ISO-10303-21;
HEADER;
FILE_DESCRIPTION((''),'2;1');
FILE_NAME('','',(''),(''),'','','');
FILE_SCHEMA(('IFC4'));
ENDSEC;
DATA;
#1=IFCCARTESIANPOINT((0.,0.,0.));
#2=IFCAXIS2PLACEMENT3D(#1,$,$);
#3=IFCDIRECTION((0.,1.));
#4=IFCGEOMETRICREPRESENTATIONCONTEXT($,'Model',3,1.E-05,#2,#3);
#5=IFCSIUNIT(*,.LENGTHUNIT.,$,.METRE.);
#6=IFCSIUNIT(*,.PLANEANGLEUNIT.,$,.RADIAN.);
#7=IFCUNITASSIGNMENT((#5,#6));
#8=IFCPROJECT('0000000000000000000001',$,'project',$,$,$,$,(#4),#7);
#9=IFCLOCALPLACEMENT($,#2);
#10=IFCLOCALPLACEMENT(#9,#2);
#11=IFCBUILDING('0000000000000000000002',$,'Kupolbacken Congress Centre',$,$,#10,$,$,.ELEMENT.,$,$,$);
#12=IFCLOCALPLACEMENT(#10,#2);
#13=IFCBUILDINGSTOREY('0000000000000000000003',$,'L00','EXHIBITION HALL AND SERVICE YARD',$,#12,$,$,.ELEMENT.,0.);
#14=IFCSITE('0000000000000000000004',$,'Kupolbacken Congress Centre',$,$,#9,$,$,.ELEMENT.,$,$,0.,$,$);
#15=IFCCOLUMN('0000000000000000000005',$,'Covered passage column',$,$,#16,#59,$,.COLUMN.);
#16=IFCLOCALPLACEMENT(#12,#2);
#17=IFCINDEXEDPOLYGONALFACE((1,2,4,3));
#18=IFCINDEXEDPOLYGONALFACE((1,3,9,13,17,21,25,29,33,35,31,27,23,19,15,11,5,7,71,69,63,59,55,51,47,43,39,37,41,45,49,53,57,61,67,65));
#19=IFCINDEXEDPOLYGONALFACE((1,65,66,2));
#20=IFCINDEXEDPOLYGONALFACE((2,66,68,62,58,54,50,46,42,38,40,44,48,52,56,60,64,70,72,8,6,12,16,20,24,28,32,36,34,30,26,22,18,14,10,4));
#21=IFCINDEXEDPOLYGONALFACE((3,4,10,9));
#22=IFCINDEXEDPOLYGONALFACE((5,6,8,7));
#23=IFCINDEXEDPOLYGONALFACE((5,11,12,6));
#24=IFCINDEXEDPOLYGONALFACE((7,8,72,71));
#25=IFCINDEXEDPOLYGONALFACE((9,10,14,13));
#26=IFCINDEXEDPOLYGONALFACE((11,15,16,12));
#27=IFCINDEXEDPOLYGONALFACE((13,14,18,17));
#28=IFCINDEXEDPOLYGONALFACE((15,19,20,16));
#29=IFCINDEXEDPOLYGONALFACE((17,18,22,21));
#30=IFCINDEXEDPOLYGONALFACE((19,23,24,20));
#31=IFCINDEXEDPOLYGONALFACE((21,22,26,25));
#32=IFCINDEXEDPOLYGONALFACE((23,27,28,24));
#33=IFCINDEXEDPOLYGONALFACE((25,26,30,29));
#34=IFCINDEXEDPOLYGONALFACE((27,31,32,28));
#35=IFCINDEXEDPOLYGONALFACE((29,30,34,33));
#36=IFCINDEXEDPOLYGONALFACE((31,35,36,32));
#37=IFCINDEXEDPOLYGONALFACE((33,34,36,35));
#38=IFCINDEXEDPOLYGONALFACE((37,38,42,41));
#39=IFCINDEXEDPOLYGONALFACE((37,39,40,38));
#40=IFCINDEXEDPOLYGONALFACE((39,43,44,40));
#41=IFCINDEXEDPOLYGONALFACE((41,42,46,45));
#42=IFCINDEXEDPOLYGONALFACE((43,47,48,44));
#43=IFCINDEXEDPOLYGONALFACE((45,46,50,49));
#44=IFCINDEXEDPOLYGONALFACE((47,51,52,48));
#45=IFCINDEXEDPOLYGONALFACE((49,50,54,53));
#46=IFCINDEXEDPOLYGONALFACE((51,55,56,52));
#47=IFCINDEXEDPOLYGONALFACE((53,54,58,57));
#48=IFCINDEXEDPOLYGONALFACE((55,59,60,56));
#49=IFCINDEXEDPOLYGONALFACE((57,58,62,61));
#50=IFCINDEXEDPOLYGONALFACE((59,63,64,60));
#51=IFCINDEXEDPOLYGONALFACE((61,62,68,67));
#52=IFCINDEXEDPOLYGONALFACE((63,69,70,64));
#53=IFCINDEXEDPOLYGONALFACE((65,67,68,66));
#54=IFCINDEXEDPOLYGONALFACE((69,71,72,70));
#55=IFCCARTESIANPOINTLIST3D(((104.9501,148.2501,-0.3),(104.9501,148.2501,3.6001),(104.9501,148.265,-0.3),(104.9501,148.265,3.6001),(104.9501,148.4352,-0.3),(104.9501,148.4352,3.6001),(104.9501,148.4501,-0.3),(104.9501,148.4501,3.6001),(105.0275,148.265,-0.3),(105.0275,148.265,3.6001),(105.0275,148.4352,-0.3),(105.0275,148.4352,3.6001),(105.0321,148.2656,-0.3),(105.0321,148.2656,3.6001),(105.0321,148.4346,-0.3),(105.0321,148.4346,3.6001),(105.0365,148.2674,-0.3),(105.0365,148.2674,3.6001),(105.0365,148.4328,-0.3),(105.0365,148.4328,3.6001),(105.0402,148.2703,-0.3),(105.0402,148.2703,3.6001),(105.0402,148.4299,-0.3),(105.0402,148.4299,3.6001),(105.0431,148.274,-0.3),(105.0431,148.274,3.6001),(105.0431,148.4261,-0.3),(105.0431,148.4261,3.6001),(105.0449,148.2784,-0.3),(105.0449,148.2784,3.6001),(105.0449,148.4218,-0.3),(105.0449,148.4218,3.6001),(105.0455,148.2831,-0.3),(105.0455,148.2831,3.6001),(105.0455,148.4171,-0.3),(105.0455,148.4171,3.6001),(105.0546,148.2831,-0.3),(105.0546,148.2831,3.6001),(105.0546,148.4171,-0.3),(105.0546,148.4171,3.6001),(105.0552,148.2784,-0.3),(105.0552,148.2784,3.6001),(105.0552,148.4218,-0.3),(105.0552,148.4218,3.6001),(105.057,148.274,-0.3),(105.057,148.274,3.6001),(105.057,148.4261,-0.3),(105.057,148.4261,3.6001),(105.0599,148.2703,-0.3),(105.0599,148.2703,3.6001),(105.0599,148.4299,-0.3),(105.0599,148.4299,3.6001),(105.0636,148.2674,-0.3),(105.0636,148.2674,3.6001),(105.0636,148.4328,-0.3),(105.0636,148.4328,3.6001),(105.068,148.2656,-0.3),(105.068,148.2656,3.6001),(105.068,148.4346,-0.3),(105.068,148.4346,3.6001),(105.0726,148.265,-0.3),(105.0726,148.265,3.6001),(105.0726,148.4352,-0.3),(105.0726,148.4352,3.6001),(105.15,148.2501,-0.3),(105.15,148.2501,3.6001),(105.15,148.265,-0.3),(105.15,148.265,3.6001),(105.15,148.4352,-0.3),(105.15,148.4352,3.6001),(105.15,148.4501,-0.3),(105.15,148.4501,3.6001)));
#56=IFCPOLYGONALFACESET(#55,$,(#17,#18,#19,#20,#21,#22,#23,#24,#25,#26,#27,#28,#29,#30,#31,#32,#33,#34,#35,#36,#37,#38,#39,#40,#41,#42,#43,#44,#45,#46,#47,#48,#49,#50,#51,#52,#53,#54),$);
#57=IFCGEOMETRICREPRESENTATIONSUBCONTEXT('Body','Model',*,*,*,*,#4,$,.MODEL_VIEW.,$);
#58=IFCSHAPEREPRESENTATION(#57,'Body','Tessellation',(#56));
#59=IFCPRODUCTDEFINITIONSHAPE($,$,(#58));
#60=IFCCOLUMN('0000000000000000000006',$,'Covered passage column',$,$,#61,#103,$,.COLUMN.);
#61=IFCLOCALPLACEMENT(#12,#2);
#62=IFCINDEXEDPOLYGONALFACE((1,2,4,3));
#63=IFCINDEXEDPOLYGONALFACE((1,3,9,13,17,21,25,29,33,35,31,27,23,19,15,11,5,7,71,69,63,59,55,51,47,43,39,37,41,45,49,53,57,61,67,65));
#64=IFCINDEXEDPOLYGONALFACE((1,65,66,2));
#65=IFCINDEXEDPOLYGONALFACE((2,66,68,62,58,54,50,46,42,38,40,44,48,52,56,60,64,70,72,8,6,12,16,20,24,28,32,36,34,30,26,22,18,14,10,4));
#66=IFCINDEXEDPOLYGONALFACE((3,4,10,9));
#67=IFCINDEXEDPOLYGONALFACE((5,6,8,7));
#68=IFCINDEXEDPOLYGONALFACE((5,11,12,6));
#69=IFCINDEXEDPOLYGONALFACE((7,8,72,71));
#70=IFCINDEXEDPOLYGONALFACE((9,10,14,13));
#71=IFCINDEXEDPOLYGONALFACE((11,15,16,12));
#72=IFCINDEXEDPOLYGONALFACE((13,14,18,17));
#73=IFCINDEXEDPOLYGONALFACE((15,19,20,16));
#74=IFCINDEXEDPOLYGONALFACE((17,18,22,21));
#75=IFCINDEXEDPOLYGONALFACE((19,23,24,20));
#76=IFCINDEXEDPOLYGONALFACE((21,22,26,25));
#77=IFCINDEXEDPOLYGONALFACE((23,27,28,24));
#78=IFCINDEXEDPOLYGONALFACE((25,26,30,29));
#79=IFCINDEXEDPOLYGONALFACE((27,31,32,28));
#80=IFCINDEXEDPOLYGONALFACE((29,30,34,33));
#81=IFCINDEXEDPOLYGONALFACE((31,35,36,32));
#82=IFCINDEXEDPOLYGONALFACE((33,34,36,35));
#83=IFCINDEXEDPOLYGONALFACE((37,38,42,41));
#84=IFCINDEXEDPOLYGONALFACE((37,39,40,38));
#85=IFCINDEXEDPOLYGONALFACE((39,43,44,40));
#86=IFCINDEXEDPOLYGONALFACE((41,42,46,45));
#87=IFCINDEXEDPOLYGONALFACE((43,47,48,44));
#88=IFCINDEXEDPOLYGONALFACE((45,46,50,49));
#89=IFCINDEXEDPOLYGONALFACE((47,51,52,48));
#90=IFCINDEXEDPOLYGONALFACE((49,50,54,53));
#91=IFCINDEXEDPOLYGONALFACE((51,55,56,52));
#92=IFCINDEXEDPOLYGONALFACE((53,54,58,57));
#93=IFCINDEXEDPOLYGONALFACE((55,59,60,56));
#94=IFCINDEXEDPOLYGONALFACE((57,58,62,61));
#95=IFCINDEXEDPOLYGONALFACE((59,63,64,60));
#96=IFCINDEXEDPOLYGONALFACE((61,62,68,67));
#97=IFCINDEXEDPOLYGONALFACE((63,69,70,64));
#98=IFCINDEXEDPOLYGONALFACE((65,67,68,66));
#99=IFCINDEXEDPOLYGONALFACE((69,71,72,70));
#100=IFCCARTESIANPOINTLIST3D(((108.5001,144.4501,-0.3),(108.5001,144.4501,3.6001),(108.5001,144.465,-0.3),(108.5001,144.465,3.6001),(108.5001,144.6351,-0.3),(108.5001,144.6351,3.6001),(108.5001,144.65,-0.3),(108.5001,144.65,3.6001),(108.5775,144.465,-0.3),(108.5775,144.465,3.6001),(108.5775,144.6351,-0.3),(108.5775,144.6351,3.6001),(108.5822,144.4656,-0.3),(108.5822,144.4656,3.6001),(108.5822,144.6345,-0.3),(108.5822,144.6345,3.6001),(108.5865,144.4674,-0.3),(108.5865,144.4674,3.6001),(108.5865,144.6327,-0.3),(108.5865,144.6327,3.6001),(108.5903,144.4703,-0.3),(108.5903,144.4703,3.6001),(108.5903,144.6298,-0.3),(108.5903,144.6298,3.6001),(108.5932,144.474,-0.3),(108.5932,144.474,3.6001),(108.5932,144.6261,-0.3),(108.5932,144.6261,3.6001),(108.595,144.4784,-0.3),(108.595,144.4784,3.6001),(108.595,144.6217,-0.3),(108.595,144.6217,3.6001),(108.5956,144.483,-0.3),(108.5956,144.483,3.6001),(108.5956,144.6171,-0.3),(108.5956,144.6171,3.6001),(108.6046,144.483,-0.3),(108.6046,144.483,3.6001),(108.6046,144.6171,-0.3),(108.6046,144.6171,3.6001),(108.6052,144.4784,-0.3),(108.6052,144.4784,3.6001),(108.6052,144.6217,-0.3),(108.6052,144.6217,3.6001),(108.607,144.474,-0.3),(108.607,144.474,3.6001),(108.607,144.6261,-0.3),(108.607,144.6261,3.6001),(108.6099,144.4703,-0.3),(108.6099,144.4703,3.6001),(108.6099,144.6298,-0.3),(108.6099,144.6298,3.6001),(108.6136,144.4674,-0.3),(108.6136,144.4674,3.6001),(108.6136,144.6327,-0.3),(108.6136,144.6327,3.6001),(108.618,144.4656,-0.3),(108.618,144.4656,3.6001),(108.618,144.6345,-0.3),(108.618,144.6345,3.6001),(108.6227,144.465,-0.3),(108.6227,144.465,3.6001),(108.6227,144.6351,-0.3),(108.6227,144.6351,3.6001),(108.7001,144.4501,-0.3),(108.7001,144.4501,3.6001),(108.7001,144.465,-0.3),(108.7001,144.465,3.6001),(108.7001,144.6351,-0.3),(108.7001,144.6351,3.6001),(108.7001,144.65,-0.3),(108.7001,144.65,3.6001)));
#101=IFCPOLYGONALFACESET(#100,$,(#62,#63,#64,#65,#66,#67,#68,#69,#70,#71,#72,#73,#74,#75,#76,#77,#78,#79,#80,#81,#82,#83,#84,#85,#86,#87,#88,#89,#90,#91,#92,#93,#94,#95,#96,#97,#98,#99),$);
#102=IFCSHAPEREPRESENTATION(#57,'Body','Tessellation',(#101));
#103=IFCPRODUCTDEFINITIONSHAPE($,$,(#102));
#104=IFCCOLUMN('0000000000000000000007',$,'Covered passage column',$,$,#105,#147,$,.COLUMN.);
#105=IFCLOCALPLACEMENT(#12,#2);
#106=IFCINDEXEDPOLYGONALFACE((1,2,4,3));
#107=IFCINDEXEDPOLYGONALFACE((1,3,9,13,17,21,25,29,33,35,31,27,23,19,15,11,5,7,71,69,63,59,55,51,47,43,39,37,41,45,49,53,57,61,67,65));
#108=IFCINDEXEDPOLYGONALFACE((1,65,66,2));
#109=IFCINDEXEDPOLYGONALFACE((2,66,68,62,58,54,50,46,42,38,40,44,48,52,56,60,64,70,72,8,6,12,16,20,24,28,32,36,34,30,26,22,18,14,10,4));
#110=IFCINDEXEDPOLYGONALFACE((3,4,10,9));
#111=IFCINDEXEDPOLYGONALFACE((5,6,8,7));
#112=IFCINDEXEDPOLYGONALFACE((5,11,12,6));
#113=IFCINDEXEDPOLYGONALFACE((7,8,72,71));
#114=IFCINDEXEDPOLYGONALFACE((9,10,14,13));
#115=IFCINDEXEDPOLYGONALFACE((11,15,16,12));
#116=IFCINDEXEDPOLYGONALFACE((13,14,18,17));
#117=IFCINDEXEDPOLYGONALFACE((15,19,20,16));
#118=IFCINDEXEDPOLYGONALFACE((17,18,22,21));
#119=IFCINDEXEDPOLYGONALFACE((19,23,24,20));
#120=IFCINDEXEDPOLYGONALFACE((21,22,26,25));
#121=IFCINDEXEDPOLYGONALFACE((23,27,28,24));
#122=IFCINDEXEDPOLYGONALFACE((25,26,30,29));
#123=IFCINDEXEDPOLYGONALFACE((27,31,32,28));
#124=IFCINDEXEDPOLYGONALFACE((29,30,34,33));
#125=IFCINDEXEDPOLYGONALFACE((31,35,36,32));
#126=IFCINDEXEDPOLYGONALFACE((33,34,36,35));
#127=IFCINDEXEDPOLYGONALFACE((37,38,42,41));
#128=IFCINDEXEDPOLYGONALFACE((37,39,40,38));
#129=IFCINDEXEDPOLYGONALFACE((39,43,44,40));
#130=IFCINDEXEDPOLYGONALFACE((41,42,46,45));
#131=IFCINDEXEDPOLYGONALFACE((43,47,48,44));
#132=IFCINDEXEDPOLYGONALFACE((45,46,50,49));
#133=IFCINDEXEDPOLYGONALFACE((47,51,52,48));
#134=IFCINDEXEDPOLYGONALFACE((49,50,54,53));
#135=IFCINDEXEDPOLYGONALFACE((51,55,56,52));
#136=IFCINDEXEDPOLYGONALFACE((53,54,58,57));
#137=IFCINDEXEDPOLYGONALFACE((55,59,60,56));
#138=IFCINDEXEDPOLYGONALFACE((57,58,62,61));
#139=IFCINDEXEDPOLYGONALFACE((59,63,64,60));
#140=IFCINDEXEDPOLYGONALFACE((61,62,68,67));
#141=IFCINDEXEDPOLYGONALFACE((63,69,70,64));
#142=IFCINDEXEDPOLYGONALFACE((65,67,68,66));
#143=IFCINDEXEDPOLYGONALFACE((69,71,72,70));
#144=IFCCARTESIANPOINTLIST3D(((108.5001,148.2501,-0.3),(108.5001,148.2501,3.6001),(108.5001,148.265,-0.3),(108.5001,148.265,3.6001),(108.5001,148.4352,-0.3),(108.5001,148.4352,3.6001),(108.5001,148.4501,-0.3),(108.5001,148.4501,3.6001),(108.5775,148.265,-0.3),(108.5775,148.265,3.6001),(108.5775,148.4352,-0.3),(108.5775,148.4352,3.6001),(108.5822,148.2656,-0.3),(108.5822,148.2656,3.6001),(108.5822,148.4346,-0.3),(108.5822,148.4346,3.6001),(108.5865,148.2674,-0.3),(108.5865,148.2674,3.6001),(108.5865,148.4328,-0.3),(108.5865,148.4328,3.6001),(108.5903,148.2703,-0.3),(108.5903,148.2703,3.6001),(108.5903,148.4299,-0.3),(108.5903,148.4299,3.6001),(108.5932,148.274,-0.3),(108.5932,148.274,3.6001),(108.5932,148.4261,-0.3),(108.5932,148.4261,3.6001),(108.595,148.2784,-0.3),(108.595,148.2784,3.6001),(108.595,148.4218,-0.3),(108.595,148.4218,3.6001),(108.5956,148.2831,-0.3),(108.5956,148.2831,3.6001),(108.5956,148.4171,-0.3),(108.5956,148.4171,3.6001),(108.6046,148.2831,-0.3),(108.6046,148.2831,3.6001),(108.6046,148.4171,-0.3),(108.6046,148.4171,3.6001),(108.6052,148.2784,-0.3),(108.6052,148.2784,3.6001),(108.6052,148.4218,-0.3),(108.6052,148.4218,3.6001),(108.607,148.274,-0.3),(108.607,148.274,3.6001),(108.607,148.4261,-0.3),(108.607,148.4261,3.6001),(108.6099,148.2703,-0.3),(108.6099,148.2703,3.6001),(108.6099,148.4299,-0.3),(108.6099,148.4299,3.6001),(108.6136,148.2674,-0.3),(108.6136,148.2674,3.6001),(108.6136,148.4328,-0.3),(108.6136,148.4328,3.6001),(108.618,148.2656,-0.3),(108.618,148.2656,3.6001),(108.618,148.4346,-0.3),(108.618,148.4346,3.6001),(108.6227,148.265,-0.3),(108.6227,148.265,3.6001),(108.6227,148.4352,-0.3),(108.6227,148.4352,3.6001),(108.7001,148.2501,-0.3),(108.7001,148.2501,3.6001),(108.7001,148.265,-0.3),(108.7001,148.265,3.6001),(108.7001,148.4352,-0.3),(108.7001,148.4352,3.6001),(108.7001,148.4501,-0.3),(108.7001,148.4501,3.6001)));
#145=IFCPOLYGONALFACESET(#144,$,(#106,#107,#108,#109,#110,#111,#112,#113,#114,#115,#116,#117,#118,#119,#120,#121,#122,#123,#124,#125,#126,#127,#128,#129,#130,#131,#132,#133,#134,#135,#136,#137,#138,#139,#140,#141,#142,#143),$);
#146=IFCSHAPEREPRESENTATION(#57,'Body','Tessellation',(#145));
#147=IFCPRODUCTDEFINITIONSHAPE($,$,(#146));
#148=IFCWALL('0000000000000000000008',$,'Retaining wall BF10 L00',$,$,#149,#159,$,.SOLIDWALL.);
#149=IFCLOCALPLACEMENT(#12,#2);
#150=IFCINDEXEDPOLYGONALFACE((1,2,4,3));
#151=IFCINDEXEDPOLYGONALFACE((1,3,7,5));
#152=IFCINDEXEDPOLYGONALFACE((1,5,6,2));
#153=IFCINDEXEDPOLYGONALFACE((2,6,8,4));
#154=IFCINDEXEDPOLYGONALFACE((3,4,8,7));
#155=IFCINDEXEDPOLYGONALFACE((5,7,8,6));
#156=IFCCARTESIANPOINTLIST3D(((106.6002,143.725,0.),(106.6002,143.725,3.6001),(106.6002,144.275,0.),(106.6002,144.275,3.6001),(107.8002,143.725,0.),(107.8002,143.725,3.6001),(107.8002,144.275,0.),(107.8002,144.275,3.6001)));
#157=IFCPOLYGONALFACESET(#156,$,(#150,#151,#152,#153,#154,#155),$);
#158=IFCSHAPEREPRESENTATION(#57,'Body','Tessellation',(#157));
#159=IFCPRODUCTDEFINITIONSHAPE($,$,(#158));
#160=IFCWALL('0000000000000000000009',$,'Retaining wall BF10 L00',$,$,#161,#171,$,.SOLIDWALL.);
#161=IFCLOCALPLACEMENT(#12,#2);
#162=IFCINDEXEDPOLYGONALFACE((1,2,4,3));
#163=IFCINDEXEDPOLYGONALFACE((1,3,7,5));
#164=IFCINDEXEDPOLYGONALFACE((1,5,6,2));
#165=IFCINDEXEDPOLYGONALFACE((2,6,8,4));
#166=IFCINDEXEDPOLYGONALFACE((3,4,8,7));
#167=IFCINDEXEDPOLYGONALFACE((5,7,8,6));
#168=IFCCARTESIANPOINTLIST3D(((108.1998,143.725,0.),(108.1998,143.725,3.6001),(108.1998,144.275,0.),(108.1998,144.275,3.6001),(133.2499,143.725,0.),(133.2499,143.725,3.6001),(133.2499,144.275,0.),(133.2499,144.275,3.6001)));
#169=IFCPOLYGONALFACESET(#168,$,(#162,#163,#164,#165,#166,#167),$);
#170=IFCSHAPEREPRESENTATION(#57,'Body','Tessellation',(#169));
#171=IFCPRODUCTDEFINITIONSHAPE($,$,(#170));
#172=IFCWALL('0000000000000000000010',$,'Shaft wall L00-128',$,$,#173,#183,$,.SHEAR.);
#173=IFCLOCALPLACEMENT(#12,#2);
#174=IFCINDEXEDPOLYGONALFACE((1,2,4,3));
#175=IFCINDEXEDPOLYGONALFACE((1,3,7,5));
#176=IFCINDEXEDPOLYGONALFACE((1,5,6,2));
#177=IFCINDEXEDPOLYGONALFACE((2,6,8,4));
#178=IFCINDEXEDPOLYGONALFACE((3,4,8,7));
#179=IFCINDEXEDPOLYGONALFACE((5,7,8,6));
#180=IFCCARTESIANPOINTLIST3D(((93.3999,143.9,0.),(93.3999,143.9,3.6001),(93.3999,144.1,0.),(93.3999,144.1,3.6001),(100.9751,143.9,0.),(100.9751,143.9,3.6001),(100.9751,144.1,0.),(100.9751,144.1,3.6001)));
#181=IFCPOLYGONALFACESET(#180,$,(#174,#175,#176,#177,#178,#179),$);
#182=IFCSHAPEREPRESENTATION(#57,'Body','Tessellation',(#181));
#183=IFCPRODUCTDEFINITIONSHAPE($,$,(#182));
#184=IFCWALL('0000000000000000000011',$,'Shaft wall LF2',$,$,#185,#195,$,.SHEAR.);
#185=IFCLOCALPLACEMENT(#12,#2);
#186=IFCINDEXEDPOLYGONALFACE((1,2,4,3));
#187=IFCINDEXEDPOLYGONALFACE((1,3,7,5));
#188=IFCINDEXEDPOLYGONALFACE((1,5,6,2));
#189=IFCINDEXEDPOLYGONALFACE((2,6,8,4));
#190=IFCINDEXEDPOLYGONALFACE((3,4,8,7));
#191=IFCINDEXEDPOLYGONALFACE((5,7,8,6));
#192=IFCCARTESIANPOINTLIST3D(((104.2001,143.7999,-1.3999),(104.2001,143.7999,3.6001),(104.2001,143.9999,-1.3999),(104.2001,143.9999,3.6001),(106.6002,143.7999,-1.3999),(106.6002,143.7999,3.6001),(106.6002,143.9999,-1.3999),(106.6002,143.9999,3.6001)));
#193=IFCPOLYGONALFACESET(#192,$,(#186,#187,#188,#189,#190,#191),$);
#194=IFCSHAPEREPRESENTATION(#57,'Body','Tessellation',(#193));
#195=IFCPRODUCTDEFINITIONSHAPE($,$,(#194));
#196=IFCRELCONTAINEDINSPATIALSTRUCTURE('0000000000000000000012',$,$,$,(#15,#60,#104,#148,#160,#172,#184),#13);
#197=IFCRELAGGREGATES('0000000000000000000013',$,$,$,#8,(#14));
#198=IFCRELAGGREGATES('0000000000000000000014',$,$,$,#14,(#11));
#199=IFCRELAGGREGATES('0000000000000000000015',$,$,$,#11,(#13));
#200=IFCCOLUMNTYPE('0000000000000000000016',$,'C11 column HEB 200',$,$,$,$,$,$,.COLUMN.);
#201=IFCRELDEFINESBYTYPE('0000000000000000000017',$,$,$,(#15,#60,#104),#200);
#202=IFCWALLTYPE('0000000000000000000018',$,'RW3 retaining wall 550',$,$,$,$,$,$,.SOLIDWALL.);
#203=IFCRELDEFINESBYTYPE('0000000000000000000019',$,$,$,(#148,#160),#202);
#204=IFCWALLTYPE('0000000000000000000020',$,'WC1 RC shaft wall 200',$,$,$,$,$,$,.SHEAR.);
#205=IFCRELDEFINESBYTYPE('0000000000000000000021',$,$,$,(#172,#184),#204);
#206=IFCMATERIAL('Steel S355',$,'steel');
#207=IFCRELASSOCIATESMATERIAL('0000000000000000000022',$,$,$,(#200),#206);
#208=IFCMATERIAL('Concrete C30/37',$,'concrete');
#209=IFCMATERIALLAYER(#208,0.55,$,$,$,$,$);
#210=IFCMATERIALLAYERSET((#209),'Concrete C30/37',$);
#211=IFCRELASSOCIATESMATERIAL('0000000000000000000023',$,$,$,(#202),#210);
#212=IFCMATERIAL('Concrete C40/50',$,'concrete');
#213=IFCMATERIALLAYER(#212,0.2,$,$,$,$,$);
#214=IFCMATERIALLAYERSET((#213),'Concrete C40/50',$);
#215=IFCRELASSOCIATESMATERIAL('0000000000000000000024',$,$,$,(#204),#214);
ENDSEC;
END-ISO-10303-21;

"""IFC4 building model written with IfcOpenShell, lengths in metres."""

from ifc_helpers import new_model, si_unit, direction, frame, frame_2d, origin, origin_2d, place, context, subcontext, project, spatial, rectangle, i_section, extrude, material, layer, layer_set, material_profile, profile_set, type_object, element, save


model = new_model("IFC4")

# Units and contexts
model_context = context("Model", 3, precision=1e-05, world=origin(), true_north=direction((0.0, 1.0)))
body_context = subcontext(model_context, "Body", "Model", "MODEL_VIEW")
ifc_project = project(units=[si_unit("LENGTHUNIT", "METRE"), si_unit("PLANEANGLEUNIT", "RADIAN")], contexts=[model_context])

# Site, building, storey
site_placement = place(None, origin())
site = spatial("IfcSite", under=ifc_project, at=site_placement, Name="Kupolbacken Congress Centre", CompositionType="ELEMENT", RefElevation=0.0)
building_placement = place(site_placement, origin())
building = spatial("IfcBuilding", under=site, at=building_placement, Name="Kupolbacken Congress Centre", CompositionType="ELEMENT")
storey_placement = place(building_placement, origin())
storey = spatial("IfcBuildingStorey", under=building, at=storey_placement, Name="L00", Description="EXHIBITION HALL AND SERVICE YARD", CompositionType="ELEMENT", Elevation=0.0)

# Columns
ifc_material_1 = material(Name="Steel S355", Category="steel")
ifc_material_profile = material_profile(ifc_material_1, i_section(OverallWidth=0.2, OverallDepth=0.2, WebThickness=0.009, FlangeThickness=0.0149, FilletRadius=0.0181, at=origin_2d()), Name="HEB 200")
ifc_profile_set = profile_set([ifc_material_profile], Name="Steel S355")
column_type = type_object("IfcColumnType", Name="C11 column HEB 200", PredefinedType="COLUMN", material=ifc_profile_set)
for number, where, z_axis, x_axis, name in (
    (1, (105.05, 148.3501, -0.3), (0.0, 0.0, 1.0), (1.0, 0.0, 0.0), "Covered passage column"),
    (2, (108.6001, 144.55, -0.3), (0.0, 0.0, 1.0), (1.0, 0.0, 0.0), "Covered passage column"),
    (3, (108.6001, 148.3501, -0.3), (0.0, 0.0, 1.0), (1.0, 0.0, 0.0), "Covered passage column"),
):
    element("IfcColumn", number, at=place(storey_placement, frame(where, z_axis=z_axis, x_axis=x_axis)), inside=storey, type_object=column_type, Name=name, PredefinedType="COLUMN", context=body_context, shape_type="SweptSolid", body=[
        extrude(i_section(OverallWidth=0.2, OverallDepth=0.2, WebThickness=0.009, FlangeThickness=0.0149, FilletRadius=0.0181, at=origin_2d()), origin(), (0.0, 0.0, 1.0), 3.9001),
    ])

# Walls
ifc_material_2 = material(Name="Concrete C30/37", Category="concrete")
ifc_layer_1 = layer(ifc_material_2, 0.55)
ifc_layer_set_1 = layer_set([ifc_layer_1], Name="Concrete C30/37")
wall_type_1 = type_object("IfcWallType", Name="RW3 retaining wall 550", PredefinedType="SOLIDWALL", material=ifc_layer_set_1)
wall_1_placement = place(storey_placement, frame((106.6001, 144.0, 0.0), z_axis=(0.0, 0.0, 1.0), x_axis=(1.0, 0.0, 0.0)))
element("IfcWall", 4, at=wall_1_placement, inside=storey, type_object=wall_type_1, Name="Retaining wall BF10 L00", PredefinedType="SOLIDWALL", context=body_context, shape_type="SweptSolid", body=[
    extrude(rectangle(XDim=1.2, YDim=0.55, at=frame_2d((0.6001, 0.0))), origin(), (0.0, 0.0, 1.0), 3.6001),
])
wall_2_placement = place(storey_placement, frame((108.2, 144.0, 0.0), z_axis=(0.0, 0.0, 1.0), x_axis=(1.0, 0.0, 0.0)))
element("IfcWall", 5, at=wall_2_placement, inside=storey, type_object=wall_type_1, Name="Retaining wall BF10 L00", PredefinedType="SOLIDWALL", context=body_context, shape_type="SweptSolid", body=[
    extrude(rectangle(XDim=25.05, YDim=0.55, at=frame_2d((12.5249, 0.0))), origin(), (0.0, 0.0, 1.0), 3.6001),
])
ifc_material_3 = material(Name="Concrete C40/50", Category="concrete")
ifc_layer_2 = layer(ifc_material_3, 0.2)
ifc_layer_set_2 = layer_set([ifc_layer_2], Name="Concrete C40/50")
wall_type_2 = type_object("IfcWallType", Name="WC1 RC shaft wall 200", PredefinedType="SHEAR", material=ifc_layer_set_2)
wall_3_placement = place(storey_placement, frame((100.9751, 144.0, 0.0), z_axis=(0.0, 0.0, 1.0), x_axis=(-1.0, 0.0, 0.0)))
element("IfcWall", 6, at=wall_3_placement, inside=storey, type_object=wall_type_2, Name="Shaft wall L00-128", PredefinedType="SHEAR", context=body_context, shape_type="SweptSolid", body=[
    extrude(rectangle(XDim=7.5752, YDim=0.2, at=frame_2d((3.7876, 0.0))), origin(), (0.0, 0.0, 1.0), 3.6001),
])
wall_4_placement = place(storey_placement, frame((104.2, 143.8999, -1.3999), z_axis=(0.0, 0.0, 1.0), x_axis=(1.0, 0.0, 0.0)))
element("IfcWall", 7, at=wall_4_placement, inside=storey, type_object=wall_type_2, Name="Shaft wall LF2", PredefinedType="SHEAR", context=body_context, shape_type="SweptSolid", body=[
    extrude(rectangle(XDim=2.4001, YDim=0.2, at=frame_2d((1.2002, 0.0))), origin(), (0.0, 0.0, 1.0), 5.0),
])

save(model, "model.ifc")
